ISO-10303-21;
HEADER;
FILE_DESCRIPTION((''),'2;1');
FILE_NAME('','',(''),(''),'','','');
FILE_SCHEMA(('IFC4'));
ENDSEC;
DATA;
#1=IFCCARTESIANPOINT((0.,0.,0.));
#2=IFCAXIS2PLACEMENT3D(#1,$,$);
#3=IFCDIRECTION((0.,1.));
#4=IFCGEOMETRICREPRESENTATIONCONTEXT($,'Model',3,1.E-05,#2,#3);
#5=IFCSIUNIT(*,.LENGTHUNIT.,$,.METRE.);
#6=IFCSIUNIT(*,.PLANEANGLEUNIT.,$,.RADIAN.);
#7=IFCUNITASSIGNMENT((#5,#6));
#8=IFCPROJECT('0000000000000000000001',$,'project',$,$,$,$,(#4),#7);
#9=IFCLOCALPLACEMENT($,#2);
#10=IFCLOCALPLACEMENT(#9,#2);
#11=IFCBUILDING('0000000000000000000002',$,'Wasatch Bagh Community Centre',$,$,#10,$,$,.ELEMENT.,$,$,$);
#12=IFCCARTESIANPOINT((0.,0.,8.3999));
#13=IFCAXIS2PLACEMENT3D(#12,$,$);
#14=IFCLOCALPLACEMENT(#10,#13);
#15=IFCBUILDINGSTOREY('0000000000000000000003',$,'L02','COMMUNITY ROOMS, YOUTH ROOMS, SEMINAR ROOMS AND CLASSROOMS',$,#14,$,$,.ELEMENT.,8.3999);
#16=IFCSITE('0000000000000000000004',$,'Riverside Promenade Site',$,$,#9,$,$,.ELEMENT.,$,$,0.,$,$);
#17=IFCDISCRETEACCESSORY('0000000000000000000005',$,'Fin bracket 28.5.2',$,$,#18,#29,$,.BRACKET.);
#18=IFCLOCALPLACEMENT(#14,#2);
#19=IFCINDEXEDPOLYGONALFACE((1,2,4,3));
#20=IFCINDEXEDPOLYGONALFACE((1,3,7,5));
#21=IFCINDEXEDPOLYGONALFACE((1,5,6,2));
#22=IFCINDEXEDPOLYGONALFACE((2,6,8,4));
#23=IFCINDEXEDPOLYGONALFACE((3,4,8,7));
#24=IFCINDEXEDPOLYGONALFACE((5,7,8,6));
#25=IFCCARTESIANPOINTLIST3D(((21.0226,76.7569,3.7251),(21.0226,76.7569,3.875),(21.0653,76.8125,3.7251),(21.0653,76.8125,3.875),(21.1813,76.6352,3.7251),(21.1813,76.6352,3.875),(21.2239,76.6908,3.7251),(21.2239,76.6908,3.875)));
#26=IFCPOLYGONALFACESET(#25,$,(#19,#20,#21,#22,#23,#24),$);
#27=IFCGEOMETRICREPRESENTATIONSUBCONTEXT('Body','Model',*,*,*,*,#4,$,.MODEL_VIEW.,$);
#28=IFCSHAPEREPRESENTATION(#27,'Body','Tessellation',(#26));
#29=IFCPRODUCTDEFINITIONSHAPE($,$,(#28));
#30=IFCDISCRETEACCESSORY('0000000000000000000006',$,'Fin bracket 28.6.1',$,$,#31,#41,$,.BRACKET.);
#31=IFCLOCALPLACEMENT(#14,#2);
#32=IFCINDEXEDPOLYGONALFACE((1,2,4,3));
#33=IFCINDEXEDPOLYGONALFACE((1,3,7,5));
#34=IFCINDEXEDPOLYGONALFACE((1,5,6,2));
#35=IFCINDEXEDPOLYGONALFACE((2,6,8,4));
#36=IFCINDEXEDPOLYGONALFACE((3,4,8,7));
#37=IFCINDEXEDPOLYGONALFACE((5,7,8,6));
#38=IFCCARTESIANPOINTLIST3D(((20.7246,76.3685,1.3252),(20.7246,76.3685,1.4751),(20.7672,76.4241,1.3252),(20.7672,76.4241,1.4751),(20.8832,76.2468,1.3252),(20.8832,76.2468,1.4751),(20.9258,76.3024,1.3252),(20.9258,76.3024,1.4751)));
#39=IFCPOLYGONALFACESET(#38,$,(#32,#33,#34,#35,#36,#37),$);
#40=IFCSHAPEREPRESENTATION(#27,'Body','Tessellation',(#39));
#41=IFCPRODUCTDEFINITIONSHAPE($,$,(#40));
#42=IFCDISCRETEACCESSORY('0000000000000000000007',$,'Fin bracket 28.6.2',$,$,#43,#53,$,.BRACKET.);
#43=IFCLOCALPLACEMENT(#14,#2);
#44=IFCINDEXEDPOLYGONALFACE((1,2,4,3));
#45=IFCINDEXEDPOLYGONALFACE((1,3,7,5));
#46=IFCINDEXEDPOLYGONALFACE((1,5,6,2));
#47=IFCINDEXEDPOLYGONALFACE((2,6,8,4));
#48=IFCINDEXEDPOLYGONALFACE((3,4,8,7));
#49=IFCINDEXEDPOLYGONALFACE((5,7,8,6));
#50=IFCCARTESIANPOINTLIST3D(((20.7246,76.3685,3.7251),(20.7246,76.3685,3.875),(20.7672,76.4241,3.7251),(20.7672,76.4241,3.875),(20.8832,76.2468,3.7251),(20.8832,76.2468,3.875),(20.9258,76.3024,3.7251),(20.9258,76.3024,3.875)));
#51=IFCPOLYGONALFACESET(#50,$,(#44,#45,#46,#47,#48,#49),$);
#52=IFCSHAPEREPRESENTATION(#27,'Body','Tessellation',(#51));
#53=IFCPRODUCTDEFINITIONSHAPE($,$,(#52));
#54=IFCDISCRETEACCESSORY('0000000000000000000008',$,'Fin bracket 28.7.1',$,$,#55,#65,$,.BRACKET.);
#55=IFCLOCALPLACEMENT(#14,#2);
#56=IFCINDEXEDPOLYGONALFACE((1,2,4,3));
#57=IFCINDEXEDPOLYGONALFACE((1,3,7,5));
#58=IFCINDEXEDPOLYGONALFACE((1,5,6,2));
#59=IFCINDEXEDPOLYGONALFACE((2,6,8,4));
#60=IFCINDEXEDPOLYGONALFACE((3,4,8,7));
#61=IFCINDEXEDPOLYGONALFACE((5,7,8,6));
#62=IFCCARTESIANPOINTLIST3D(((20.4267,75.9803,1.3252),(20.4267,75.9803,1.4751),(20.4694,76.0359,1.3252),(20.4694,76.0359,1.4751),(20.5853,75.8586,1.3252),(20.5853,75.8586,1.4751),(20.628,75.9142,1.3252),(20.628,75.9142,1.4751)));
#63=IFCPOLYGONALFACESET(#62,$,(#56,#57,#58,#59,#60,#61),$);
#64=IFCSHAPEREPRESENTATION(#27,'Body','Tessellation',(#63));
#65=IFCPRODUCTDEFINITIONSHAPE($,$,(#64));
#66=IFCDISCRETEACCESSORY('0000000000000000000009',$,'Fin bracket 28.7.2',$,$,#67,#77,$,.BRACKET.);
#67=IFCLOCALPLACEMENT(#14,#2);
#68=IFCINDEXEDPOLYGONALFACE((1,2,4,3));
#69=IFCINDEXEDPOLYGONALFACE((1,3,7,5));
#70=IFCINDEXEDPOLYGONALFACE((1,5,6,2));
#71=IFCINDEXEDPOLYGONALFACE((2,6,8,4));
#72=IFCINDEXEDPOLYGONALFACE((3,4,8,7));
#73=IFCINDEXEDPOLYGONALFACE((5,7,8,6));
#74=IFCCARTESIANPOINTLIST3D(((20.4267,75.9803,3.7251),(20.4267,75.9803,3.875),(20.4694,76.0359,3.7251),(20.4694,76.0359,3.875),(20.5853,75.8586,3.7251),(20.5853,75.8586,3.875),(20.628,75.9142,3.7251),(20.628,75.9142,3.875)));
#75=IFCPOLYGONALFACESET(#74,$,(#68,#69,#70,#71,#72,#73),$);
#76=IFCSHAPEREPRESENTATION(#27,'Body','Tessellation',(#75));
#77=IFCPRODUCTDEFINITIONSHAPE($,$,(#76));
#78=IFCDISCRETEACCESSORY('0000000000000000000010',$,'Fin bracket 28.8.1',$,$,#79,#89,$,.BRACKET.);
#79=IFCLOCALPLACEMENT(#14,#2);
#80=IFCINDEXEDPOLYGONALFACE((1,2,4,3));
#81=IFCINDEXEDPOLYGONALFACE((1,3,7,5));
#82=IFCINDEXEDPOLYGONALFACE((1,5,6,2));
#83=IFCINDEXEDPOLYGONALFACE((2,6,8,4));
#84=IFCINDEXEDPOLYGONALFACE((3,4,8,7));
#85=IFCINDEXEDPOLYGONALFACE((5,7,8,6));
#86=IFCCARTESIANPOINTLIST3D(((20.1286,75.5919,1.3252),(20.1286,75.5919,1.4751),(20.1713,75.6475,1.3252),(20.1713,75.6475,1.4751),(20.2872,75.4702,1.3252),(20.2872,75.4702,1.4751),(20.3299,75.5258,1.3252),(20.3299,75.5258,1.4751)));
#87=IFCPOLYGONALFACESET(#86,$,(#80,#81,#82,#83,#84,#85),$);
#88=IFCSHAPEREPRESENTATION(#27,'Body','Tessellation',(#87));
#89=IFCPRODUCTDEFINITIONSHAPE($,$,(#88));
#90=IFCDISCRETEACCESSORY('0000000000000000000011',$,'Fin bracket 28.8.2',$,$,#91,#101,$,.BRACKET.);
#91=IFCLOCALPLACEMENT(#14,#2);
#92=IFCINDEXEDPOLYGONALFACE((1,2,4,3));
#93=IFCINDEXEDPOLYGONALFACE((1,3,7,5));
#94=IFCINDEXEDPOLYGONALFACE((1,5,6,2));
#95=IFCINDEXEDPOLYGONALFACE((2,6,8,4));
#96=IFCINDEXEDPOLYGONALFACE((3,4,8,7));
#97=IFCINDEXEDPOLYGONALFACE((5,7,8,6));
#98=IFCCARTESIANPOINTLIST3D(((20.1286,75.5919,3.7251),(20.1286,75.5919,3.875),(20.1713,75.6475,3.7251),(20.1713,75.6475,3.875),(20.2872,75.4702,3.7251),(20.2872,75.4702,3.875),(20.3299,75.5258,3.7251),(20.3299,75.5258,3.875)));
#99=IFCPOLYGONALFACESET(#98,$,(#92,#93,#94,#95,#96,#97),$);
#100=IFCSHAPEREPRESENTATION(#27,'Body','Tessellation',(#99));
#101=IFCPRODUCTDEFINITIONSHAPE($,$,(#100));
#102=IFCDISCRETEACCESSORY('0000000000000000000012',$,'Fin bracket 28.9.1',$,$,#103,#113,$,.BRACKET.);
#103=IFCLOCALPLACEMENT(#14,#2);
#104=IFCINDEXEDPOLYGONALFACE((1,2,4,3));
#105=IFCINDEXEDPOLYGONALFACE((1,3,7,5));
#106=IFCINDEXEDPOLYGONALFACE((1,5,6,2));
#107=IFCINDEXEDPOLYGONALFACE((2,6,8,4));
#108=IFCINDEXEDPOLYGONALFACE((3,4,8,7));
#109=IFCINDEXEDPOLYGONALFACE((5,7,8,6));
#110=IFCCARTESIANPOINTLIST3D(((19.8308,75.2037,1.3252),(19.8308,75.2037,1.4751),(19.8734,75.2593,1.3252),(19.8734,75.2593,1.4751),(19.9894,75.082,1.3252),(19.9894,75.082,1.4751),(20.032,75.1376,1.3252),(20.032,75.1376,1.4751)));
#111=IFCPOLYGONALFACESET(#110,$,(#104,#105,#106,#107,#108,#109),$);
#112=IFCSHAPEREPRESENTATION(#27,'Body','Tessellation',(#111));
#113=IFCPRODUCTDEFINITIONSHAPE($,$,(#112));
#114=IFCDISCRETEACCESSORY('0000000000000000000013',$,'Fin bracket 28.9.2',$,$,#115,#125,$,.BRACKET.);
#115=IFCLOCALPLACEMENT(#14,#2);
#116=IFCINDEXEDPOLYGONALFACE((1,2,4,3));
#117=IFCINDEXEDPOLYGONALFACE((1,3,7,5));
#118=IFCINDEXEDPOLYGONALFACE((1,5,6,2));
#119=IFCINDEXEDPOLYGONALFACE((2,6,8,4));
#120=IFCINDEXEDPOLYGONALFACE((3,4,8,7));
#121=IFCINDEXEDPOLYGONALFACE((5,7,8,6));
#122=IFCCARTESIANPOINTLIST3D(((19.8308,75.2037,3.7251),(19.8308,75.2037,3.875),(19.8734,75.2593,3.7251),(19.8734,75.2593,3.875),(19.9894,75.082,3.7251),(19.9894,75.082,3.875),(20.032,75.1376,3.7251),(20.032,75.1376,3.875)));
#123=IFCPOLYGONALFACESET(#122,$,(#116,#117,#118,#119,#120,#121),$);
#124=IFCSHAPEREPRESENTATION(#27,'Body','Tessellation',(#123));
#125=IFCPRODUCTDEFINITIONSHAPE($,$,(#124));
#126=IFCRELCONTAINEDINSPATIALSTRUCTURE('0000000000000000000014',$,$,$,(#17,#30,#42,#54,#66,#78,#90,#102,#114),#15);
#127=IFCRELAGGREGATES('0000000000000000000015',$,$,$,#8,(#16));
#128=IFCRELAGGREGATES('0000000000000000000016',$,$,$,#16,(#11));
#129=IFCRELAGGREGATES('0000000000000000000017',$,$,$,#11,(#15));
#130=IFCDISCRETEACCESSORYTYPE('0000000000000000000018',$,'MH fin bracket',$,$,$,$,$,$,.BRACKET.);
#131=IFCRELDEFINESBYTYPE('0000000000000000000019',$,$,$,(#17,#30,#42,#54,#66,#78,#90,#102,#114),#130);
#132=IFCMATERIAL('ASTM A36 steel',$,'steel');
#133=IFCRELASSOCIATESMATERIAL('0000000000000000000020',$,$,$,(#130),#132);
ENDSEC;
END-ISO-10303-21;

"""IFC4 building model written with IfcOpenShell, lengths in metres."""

from ifc_helpers import new_model, si_unit, direction, frame, origin, origin_2d, place, context, subcontext, project, spatial, rectangle, extrude, material, type_object, element, save


model = new_model("IFC4")

# Units and contexts
model_context = context("Model", 3, precision=1e-05, world=origin(), true_north=direction((0.0, 1.0)))
body_context = subcontext(model_context, "Body", "Model", "MODEL_VIEW")
ifc_project = project(units=[si_unit("LENGTHUNIT", "METRE"), si_unit("PLANEANGLEUNIT", "RADIAN")], contexts=[model_context])

# Site, building, storey
site_placement = place(None, origin())
site = spatial("IfcSite", under=ifc_project, at=site_placement, Name="Riverside Promenade Site", CompositionType="ELEMENT", RefElevation=0.0)
building_placement = place(site_placement, origin())
building = spatial("IfcBuilding", under=site, at=building_placement, Name="Wasatch Bagh Community Centre", CompositionType="ELEMENT")
storey_placement = place(building_placement, frame((0.0, 0.0, 8.3999)))
storey = spatial("IfcBuildingStorey", under=building, at=storey_placement, Name="L02", Description="COMMUNITY ROOMS, YOUTH ROOMS, SEMINAR ROOMS AND CLASSROOMS", CompositionType="ELEMENT", Elevation=8.3999)

# Discrete accessories
ifc_material_1 = material(Name="ASTM A36 steel", Category="steel")
discrete_accessory_type_1 = type_object("IfcDiscreteAccessoryType", Name="MH fin bracket", PredefinedType="BRACKET", material=ifc_material_1)
for number, where, z_axis, x_axis, name in (
    (1, (21.1233, 76.7239, 3.7251), (0.0, 0.0, 1.0), (-0.608761, -0.793353, 0.0), "Fin bracket 28.5.2"),
    (2, (20.8252, 76.3354, 1.3252), (0.0, 0.0, 1.0), (-0.608761, -0.793353, 0.0), "Fin bracket 28.6.1"),
    (3, (20.8252, 76.3354, 3.7251), (0.0, 0.0, 1.0), (-0.608761, -0.793353, 0.0), "Fin bracket 28.6.2"),
    (4, (20.5273, 75.9473, 1.3252), (0.0, 0.0, 1.0), (-0.608761, -0.793353, 0.0), "Fin bracket 28.7.1"),
    (5, (20.5273, 75.9473, 3.7251), (0.0, 0.0, 1.0), (-0.608761, -0.793353, 0.0), "Fin bracket 28.7.2"),
    (6, (20.2292, 75.5588, 1.3252), (0.0, 0.0, 1.0), (-0.608761, -0.793353, 0.0), "Fin bracket 28.8.1"),
    (7, (20.2292, 75.5588, 3.7251), (0.0, 0.0, 1.0), (-0.608761, -0.793353, 0.0), "Fin bracket 28.8.2"),
    (8, (19.9314, 75.1707, 1.3252), (0.0, 0.0, 1.0), (-0.608761, -0.793353, 0.0), "Fin bracket 28.9.1"),
    (9, (19.9314, 75.1707, 3.7251), (0.0, 0.0, 1.0), (-0.608761, -0.793353, 0.0), "Fin bracket 28.9.2"),
):
    element("IfcDiscreteAccessory", number, at=place(storey_placement, frame(where, z_axis=z_axis, x_axis=x_axis)), inside=storey, type_object=discrete_accessory_type_1, Name=name, PredefinedType="BRACKET", context=body_context, shape_type="SweptSolid", body=[
        extrude(rectangle(XDim=0.0701, YDim=0.2, at=origin_2d()), origin(), (0.0, 0.0, 1.0), 0.1499),
    ])

save(model, "model.ifc")
